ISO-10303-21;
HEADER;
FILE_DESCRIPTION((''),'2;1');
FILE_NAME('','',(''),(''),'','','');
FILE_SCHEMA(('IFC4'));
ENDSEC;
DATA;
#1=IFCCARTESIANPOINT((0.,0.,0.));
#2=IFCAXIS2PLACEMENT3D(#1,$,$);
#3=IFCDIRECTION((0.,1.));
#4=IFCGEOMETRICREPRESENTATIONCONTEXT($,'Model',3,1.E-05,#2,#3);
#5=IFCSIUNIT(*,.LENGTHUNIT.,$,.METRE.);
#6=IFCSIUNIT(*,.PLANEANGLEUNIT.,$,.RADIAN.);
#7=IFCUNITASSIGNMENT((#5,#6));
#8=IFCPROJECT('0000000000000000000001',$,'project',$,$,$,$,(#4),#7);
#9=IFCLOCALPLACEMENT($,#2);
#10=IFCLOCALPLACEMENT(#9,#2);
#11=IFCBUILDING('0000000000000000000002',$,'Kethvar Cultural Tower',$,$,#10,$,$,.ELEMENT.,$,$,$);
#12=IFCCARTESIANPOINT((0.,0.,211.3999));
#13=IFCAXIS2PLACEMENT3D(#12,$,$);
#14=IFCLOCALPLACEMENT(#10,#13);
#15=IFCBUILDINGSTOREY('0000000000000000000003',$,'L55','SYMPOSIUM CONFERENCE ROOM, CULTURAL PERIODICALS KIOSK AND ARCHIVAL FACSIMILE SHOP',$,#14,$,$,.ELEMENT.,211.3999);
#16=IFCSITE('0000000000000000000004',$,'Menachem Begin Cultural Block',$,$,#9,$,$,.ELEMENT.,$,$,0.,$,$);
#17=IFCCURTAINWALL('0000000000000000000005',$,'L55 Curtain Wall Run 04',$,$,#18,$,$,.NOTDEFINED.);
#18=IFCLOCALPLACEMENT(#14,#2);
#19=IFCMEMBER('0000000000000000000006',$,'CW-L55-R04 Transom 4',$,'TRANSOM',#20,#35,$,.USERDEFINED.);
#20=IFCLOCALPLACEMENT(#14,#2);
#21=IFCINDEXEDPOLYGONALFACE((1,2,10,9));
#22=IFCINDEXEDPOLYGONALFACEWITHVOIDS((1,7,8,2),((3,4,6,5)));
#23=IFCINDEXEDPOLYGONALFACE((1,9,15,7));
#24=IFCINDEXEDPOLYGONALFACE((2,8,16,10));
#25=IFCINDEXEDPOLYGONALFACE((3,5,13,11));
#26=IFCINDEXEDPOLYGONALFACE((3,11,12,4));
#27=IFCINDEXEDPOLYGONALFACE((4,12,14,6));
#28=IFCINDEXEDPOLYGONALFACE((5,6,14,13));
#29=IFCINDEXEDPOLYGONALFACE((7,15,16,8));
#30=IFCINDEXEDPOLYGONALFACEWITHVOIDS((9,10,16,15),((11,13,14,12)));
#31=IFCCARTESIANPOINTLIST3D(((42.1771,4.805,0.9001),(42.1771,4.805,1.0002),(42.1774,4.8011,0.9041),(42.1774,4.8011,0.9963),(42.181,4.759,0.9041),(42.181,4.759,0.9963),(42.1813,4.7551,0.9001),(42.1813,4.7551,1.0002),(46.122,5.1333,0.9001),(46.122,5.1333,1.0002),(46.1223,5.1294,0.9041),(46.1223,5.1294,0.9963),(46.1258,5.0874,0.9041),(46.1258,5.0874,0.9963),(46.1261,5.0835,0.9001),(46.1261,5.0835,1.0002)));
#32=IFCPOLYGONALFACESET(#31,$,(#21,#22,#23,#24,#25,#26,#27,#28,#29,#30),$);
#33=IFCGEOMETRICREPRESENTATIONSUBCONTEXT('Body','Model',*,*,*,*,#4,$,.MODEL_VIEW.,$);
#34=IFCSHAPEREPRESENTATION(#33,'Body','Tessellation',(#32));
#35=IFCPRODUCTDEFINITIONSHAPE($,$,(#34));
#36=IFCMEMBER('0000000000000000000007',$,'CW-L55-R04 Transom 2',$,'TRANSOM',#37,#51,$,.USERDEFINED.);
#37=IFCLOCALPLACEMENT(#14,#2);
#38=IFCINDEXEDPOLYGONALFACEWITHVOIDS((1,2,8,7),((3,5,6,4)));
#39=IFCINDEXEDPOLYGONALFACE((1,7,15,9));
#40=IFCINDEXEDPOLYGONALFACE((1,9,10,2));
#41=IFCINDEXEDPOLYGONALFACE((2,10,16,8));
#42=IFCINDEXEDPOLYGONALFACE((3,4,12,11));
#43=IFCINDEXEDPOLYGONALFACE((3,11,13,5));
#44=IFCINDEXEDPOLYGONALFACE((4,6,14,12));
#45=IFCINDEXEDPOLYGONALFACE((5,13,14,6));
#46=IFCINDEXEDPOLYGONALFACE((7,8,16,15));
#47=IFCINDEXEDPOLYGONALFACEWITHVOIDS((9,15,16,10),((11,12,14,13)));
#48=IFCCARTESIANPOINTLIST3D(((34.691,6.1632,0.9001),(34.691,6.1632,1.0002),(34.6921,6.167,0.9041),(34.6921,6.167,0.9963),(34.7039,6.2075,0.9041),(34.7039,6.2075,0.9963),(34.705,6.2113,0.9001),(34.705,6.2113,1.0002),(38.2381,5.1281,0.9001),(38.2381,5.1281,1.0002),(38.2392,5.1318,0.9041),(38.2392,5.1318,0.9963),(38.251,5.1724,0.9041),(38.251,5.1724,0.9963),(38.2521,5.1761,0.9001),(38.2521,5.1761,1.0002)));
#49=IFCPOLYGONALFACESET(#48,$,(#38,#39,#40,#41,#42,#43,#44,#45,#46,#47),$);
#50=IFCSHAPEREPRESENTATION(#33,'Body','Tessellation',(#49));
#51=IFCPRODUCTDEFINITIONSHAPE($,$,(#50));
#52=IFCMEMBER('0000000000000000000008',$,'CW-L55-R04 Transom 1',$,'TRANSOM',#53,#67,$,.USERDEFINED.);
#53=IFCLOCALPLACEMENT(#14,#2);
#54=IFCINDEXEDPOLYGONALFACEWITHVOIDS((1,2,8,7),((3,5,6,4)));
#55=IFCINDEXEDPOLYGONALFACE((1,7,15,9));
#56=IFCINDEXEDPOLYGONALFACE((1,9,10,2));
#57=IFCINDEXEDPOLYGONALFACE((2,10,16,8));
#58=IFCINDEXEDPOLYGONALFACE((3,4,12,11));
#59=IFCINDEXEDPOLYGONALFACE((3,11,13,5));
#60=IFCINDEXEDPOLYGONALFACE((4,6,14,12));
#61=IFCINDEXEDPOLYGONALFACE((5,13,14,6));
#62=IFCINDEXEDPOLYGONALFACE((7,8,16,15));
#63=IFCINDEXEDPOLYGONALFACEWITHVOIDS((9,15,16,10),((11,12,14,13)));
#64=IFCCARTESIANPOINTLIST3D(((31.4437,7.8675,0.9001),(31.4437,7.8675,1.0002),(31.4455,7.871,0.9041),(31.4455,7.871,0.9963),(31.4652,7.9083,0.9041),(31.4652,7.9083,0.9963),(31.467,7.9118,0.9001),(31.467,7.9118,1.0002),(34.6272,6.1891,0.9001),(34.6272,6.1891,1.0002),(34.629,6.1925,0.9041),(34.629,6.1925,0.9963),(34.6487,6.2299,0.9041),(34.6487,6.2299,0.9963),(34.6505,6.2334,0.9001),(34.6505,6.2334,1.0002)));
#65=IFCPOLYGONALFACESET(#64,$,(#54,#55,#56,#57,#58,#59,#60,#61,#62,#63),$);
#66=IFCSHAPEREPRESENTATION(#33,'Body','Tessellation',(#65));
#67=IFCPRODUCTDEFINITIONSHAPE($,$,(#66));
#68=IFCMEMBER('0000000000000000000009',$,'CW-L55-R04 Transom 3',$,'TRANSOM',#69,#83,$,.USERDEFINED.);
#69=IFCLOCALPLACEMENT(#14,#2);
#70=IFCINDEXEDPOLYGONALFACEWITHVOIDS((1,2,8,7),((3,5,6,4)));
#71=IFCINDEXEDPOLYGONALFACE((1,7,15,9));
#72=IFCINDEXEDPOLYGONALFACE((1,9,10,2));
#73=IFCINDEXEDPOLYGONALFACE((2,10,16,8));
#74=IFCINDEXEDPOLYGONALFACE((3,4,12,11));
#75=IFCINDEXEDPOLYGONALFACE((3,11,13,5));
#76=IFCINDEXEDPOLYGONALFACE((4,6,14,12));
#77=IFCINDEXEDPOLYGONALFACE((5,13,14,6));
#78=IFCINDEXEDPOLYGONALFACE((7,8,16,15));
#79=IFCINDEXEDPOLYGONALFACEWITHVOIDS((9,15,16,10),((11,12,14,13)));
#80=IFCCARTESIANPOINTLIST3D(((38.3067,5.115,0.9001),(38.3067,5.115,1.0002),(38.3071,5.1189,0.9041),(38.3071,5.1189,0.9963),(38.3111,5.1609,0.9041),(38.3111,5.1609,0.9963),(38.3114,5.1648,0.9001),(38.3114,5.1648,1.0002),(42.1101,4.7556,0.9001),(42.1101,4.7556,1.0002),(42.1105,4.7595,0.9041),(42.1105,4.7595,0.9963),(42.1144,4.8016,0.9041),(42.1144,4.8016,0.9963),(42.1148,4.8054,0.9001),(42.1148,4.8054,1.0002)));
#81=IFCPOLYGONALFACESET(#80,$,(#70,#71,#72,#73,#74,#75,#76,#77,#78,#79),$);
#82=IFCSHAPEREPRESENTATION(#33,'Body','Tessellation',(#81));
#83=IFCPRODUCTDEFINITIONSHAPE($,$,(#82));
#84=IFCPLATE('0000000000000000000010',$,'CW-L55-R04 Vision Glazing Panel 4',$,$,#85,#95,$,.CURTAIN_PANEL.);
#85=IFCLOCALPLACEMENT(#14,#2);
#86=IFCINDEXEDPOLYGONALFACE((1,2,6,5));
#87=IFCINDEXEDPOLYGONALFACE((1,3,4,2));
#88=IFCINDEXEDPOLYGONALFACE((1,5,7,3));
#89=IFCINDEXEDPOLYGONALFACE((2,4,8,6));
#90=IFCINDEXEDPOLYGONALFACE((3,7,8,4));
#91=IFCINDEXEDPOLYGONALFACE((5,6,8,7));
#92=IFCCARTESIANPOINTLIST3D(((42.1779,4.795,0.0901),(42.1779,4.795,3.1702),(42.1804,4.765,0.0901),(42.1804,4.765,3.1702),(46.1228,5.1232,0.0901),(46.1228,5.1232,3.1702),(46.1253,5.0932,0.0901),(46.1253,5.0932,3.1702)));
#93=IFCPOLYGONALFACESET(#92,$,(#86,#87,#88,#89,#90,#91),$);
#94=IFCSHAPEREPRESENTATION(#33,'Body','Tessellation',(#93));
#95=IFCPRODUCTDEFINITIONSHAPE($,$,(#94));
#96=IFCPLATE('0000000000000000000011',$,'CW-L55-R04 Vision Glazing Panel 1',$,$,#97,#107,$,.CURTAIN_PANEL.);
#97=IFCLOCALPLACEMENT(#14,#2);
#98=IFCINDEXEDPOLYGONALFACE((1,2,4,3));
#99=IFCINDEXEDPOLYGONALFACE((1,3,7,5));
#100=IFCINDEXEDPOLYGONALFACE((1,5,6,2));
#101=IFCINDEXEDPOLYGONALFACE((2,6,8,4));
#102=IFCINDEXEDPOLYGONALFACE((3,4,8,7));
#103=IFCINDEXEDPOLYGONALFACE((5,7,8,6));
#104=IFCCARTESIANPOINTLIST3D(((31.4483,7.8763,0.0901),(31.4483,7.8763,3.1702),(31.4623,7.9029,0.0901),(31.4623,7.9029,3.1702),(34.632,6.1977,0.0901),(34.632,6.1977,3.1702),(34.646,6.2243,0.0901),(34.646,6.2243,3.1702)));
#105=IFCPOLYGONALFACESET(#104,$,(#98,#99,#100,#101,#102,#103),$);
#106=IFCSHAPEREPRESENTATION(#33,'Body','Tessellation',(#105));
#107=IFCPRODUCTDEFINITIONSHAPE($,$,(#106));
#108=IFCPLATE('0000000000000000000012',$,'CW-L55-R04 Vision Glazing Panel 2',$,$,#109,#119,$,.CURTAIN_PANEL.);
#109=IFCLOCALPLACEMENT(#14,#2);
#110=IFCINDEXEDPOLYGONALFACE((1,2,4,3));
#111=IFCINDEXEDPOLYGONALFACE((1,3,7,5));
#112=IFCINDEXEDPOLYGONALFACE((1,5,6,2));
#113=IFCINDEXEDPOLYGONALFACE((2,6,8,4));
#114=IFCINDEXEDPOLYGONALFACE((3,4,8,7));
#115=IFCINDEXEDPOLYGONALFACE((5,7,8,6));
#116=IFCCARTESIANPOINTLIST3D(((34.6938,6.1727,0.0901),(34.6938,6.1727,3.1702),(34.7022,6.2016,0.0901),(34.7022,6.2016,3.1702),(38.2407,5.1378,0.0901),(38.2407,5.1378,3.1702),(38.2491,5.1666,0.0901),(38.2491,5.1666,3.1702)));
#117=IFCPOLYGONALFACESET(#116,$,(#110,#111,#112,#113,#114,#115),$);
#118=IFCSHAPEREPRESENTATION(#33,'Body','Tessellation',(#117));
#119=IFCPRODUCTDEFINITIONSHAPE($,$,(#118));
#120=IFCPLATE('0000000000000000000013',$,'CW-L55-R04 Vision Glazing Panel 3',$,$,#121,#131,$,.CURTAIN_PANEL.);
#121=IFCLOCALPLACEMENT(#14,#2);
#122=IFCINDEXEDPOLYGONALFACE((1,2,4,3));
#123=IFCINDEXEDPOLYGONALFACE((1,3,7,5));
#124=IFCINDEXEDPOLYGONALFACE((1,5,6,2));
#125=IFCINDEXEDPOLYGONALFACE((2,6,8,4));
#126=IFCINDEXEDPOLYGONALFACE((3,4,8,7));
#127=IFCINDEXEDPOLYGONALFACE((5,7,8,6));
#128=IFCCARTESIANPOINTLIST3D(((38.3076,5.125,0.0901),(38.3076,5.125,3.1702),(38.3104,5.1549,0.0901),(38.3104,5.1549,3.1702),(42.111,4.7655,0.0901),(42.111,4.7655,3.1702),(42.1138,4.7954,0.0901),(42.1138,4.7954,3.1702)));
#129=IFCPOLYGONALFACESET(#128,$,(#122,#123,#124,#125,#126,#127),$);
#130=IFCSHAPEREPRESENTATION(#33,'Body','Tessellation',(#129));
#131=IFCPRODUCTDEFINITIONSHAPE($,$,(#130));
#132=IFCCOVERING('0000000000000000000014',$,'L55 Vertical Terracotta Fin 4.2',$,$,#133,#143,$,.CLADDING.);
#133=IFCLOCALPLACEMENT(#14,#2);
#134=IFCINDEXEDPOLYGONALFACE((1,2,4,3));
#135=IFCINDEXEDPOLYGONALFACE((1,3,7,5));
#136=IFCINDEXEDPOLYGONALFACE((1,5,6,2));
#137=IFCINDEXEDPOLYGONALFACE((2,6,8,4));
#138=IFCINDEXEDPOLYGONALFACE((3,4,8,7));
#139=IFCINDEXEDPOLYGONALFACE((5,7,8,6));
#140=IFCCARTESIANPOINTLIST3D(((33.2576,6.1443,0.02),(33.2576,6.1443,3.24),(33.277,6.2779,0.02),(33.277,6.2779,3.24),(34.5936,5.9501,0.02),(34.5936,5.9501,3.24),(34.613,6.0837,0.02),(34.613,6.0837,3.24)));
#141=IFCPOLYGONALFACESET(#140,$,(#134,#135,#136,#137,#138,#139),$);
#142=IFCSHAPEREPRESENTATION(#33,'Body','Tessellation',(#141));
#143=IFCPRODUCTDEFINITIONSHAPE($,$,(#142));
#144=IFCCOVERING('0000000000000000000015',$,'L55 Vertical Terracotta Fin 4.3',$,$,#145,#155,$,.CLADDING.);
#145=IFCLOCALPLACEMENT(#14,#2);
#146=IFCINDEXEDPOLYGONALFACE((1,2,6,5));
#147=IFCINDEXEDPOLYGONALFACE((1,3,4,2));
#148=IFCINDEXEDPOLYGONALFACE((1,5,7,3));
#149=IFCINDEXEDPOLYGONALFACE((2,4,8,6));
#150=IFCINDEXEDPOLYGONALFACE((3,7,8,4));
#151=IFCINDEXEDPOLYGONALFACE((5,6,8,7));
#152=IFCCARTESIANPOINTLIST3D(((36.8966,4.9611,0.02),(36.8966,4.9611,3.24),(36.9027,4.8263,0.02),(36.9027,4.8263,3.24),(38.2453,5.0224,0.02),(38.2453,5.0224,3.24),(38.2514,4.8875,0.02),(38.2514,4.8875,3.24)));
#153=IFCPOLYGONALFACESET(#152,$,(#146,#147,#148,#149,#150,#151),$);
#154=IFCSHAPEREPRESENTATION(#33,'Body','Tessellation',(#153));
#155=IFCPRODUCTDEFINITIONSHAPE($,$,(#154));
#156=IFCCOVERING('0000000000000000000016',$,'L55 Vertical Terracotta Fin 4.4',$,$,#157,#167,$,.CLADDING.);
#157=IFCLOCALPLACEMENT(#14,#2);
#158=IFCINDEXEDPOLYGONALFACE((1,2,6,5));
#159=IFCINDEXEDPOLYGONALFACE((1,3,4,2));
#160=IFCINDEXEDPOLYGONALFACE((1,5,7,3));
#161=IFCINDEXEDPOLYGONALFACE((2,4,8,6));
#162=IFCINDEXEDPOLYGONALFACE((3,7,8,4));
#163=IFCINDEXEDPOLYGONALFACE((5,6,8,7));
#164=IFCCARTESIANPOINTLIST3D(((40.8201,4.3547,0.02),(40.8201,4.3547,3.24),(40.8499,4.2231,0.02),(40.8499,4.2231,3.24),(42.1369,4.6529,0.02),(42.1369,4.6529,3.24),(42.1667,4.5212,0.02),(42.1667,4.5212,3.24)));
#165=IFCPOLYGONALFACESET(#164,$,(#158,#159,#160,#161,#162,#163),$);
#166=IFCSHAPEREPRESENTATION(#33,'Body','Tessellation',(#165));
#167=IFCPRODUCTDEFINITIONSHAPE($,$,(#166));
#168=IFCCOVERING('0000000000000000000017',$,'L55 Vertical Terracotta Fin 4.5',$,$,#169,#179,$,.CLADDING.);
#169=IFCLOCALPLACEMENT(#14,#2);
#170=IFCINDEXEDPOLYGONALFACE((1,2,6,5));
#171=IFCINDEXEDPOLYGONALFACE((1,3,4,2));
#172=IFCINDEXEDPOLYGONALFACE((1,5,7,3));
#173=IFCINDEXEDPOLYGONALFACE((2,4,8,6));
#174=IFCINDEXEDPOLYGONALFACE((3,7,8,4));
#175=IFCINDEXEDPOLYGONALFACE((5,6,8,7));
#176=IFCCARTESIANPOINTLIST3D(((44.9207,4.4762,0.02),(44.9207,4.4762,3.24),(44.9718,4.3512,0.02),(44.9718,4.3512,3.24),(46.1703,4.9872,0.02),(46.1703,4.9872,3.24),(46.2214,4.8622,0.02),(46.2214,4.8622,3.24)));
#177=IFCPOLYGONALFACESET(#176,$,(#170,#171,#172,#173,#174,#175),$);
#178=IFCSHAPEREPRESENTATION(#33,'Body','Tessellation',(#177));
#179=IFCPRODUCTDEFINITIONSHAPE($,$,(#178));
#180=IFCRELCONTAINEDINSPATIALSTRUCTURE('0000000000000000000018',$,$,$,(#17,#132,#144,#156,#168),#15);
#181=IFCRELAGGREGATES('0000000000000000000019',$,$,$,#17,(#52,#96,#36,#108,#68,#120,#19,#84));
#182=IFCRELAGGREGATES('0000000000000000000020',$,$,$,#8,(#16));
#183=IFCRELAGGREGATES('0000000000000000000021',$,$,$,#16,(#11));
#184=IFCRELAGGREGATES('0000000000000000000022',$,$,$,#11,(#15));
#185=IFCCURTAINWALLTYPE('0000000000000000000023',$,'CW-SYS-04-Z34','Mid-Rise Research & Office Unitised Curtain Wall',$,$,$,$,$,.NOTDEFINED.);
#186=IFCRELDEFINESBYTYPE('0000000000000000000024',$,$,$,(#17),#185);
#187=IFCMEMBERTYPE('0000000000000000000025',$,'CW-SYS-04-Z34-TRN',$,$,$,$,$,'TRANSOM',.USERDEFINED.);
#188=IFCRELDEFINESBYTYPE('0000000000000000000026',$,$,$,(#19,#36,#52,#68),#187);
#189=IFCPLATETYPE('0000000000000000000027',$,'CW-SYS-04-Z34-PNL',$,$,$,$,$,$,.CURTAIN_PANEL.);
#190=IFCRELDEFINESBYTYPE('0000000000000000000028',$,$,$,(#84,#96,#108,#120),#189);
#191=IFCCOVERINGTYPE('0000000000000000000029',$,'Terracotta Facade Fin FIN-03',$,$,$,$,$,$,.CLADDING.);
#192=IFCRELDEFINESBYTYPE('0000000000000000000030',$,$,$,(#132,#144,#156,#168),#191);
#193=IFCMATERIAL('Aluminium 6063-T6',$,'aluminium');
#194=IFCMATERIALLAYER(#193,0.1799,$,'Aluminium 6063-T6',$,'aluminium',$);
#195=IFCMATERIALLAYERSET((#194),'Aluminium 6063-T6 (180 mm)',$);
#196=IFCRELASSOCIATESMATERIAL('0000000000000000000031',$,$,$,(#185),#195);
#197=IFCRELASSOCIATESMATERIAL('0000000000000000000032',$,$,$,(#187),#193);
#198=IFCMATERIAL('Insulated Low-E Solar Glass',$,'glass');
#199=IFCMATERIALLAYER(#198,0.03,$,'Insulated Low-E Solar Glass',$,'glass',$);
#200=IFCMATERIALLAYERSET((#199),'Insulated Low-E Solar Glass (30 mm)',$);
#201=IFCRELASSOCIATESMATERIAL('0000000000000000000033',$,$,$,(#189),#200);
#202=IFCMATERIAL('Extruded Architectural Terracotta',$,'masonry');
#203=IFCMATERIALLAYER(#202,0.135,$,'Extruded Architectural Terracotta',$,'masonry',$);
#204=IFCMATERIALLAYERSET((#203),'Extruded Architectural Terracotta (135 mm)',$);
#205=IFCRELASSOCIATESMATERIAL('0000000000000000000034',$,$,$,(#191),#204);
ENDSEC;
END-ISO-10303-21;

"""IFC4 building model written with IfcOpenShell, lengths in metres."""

from ifc_helpers import new_model, si_unit, direction, frame, origin, origin_2d, place, context, subcontext, project, spatial, rectangle, hollow_rectangle, extrude, source, transform, mapped, material, layer, layer_set, material_profile, profile_set, type_object, element, aggregate, save


model = new_model("IFC4")

# Units and contexts
model_context = context("Model", 3, precision=1e-05, world=origin(), true_north=direction((0.0, 1.0)))
body_context = subcontext(model_context, "Body", "Model", "MODEL_VIEW")
ifc_project = project(units=[si_unit("LENGTHUNIT", "METRE"), si_unit("PLANEANGLEUNIT", "RADIAN")], contexts=[model_context])

# Site, building, storey
site_placement = place(None, origin())
site = spatial("IfcSite", under=ifc_project, at=site_placement, Name="Menachem Begin Cultural Block", CompositionType="ELEMENT", RefElevation=0.0)
building_placement = place(site_placement, origin())
building = spatial("IfcBuilding", under=site, at=building_placement, Name="Kethvar Cultural Tower", CompositionType="ELEMENT")
storey_placement = place(building_placement, frame((0.0, 0.0, 211.3999)))
storey = spatial("IfcBuildingStorey", under=building, at=storey_placement, Name="L55", Description="SYMPOSIUM CONFERENCE ROOM, CULTURAL PERIODICALS KIOSK AND ARCHIVAL FACSIMILE SHOP", CompositionType="ELEMENT", Elevation=211.3999)

# Shared definitions
ifc_material_1 = material(Name="Aluminium 6063-T6", Category="aluminium")
ifc_layer_1 = layer(ifc_material_1, 0.1799, Name="Aluminium 6063-T6", Category="aluminium")
ifc_layer_set_1 = layer_set([ifc_layer_1], Name="Aluminium 6063-T6 (180 mm)")
curtain_wall_type = type_object("IfcCurtainWallType", Name="CW-SYS-04-Z34", Description="Mid-Rise Research & Office Unitised Curtain Wall", PredefinedType="NOTDEFINED", material=ifc_layer_set_1)

# Curtain wall, members, plates
curtain_wall_1_placement = place(storey_placement, origin())
curtain_wall_1 = element("IfcCurtainWall", 1, at=curtain_wall_1_placement, inside=storey, type_object=curtain_wall_type, Name="L55 Curtain Wall Run 04", PredefinedType="NOTDEFINED")
ifc_material_profile_1 = material_profile(ifc_material_1, hollow_rectangle(XDim=0.05, YDim=0.1001, WallThickness=0.0039, at=origin_2d()), Name="Aluminium 6063-T6 — RHS100x50x4")
ifc_profile_set_1 = profile_set([ifc_material_profile_1], Name="Aluminium 6063-T6 — RHS100x50x4")
member_type_1 = type_object("IfcMemberType", Name="CW-SYS-04-Z34-TRN", ElementType="TRANSOM", PredefinedType="USERDEFINED", material=ifc_profile_set_1)
shared_shape_1 = source(origin(), body_context, "Body", "SweptSolid", [
    extrude(hollow_rectangle(XDim=0.05, YDim=0.1001, WallThickness=0.0039, at=origin_2d()), origin(), (0.0, 0.0, 1.0), 3.9585),
])
member_1_placement = place(storey_placement, frame((42.1792, 4.78, 0.9502), z_axis=(0.996553, 0.082954, 0.0), x_axis=(-0.082954, 0.996553, 0.0)))
member_1 = element("IfcMember", 2, at=member_1_placement, type_object=member_type_1, Name="CW-L55-R04 Transom 4", ObjectType="TRANSOM", PredefinedType="USERDEFINED", context=body_context, shape_type="MappedRepresentation", body=[
    mapped(shared_shape_1, transform((0.0, 0.0, 0.0), scale=1.0)),
])
shared_shape_2 = source(origin(), body_context, "Body", "SweptSolid", [
    extrude(hollow_rectangle(XDim=0.05, YDim=0.1001, WallThickness=0.0039, at=origin_2d()), origin(), (0.0, 0.0, 1.0), 3.6951),
])
member_2_placement = place(storey_placement, frame((34.698, 6.1873, 0.9502), z_axis=(0.959958, -0.280145, 0.0), x_axis=(0.280145, 0.959958, 0.0)))
member_2 = element("IfcMember", 3, at=member_2_placement, type_object=member_type_1, Name="CW-L55-R04 Transom 2", ObjectType="TRANSOM", PredefinedType="USERDEFINED", context=body_context, shape_type="MappedRepresentation", body=[
    mapped(shared_shape_2, transform((0.0, 0.0, 0.0), scale=1.0)),
])
shared_shape_3 = source(origin(), body_context, "Body", "SweptSolid", [
    extrude(hollow_rectangle(XDim=0.05, YDim=0.1001, WallThickness=0.0039, at=origin_2d()), origin(), (0.0, 0.0, 1.0), 3.5989),
])
member_3_placement = place(storey_placement, frame((31.4553, 7.8896, 0.9502), z_axis=(0.884587, -0.466375, 0.0), x_axis=(0.466375, 0.884587, 0.0)))
member_3 = element("IfcMember", 4, at=member_3_placement, type_object=member_type_1, Name="CW-L55-R04 Transom 1", ObjectType="TRANSOM", PredefinedType="USERDEFINED", context=body_context, shape_type="MappedRepresentation", body=[
    mapped(shared_shape_3, transform((0.0, 0.0, 0.0), scale=1.0)),
])
shared_shape_4 = source(origin(), body_context, "Body", "SweptSolid", [
    extrude(hollow_rectangle(XDim=0.05, YDim=0.1001, WallThickness=0.0039, at=origin_2d()), origin(), (0.0, 0.0, 1.0), 3.8203),
])
member_4_placement = place(storey_placement, frame((38.3091, 5.1399, 0.9502), z_axis=(0.995566, -0.094067, 0.0), x_axis=(0.094067, 0.995566, 0.0)))
member_4 = element("IfcMember", 5, at=member_4_placement, type_object=member_type_1, Name="CW-L55-R04 Transom 3", ObjectType="TRANSOM", PredefinedType="USERDEFINED", context=body_context, shape_type="MappedRepresentation", body=[
    mapped(shared_shape_4, transform((0.0, 0.0, 0.0), scale=1.0)),
])
ifc_material_2 = material(Name="Insulated Low-E Solar Glass", Category="glass")
ifc_layer_2 = layer(ifc_material_2, 0.03, Name="Insulated Low-E Solar Glass", Category="glass")
ifc_layer_set_2 = layer_set([ifc_layer_2], Name="Insulated Low-E Solar Glass (30 mm)")
plate_type = type_object("IfcPlateType", Name="CW-SYS-04-Z34-PNL", PredefinedType="CURTAIN_PANEL", material=ifc_layer_set_2)
shared_shape_5 = source(origin(), body_context, "Body", "SweptSolid", [
    extrude(rectangle(XDim=3.9585, YDim=0.03, at=origin_2d()), origin(), (0.0, 0.0, 1.0), 3.0801),
])
plate_1_placement = place(storey_placement, frame((44.1516, 4.9441, 0.0901), z_axis=(0.0, 0.0, 1.0), x_axis=(0.996557, 0.082913, 0.0)))
plate_1 = element("IfcPlate", 6, at=plate_1_placement, type_object=plate_type, Name="CW-L55-R04 Vision Glazing Panel 4", PredefinedType="CURTAIN_PANEL", context=body_context, shape_type="MappedRepresentation", body=[
    mapped(shared_shape_5, transform((0.0, 0.0, 0.0), scale=1.0)),
])
shared_shape_6 = source(origin(), body_context, "Body", "SweptSolid", [
    extrude(rectangle(XDim=3.5991, YDim=0.03, at=origin_2d()), origin(), (0.0, 0.0, 1.0), 3.0801),
])
plate_2_placement = place(storey_placement, frame((33.0471, 7.0503, 0.0901), z_axis=(0.0, 0.0, 1.0), x_axis=(0.884581, -0.466387, 0.0)))
plate_2 = element("IfcPlate", 7, at=plate_2_placement, type_object=plate_type, Name="CW-L55-R04 Vision Glazing Panel 1", PredefinedType="CURTAIN_PANEL", context=body_context, shape_type="MappedRepresentation", body=[
    mapped(shared_shape_6, transform((0.0, 0.0, 0.0), scale=1.0)),
])
shared_shape_7 = source(origin(), body_context, "Body", "SweptSolid", [
    extrude(rectangle(XDim=3.6948, YDim=0.03, at=origin_2d()), origin(), (0.0, 0.0, 1.0), 3.0801),
])
plate_3_placement = place(storey_placement, frame((36.4714, 5.6697, 0.0901), z_axis=(0.0, 0.0, 1.0), x_axis=(0.959967, -0.280114, 0.0)))
plate_3 = element("IfcPlate", 8, at=plate_3_placement, type_object=plate_type, Name="CW-L55-R04 Vision Glazing Panel 2", PredefinedType="CURTAIN_PANEL", context=body_context, shape_type="MappedRepresentation", body=[
    mapped(shared_shape_7, transform((0.0, 0.0, 0.0), scale=1.0)),
])
shared_shape_8 = source(origin(), body_context, "Body", "SweptSolid", [
    extrude(rectangle(XDim=3.8203, YDim=0.03, at=origin_2d()), origin(), (0.0, 0.0, 1.0), 3.0801),
])
plate_4_placement = place(storey_placement, frame((40.2107, 4.9602, 0.0901), z_axis=(0.0, 0.0, 1.0), x_axis=(0.995564, -0.094091, 0.0)))
plate_4 = element("IfcPlate", 9, at=plate_4_placement, type_object=plate_type, Name="CW-L55-R04 Vision Glazing Panel 3", PredefinedType="CURTAIN_PANEL", context=body_context, shape_type="MappedRepresentation", body=[
    mapped(shared_shape_8, transform((0.0, 0.0, 0.0), scale=1.0)),
])
aggregate(curtain_wall_1, [member_3, plate_2, member_2, plate_3, member_4, plate_4, member_1, plate_1])

# Coverings
ifc_material_3 = material(Name="Extruded Architectural Terracotta", Category="masonry")
ifc_layer_3 = layer(ifc_material_3, 0.135, Name="Extruded Architectural Terracotta", Category="masonry")
ifc_layer_set_3 = layer_set([ifc_layer_3], Name="Extruded Architectural Terracotta (135 mm)")
covering_type = type_object("IfcCoveringType", Name="Terracotta Facade Fin FIN-03", PredefinedType="CLADDING", material=ifc_layer_set_3)
shared_shape_9 = source(origin(), body_context, "Body", "SweptSolid", [
    extrude(rectangle(XDim=1.3501, YDim=0.135, at=origin_2d()), origin(), (0.0, 0.0, 1.0), 3.22),
])
for number, where, z_axis, x_axis, name in (
    (10, (33.9353, 6.114, 0.02), (0.0, 0.0, 1.0), (-0.989601, 0.143838, 0.0), "L55 Vertical Terracotta Fin 4.2"),
    (11, (37.574, 4.9243, 0.02), (0.0, 0.0, 1.0), (-0.998971, -0.045363, 0.0), "L55 Vertical Terracotta Fin 4.3"),
    (12, (41.4934, 4.438, 0.02), (0.0, 0.0, 1.0), (-0.975304, -0.220868, 0.0), "L55 Vertical Terracotta Fin 4.4"),
    (13, (45.571, 4.6692, 0.02), (0.0, 0.0, 1.0), (-0.925607, -0.378487, 0.0), "L55 Vertical Terracotta Fin 4.5"),
):
    element("IfcCovering", number, at=place(storey_placement, frame(where, z_axis=z_axis, x_axis=x_axis)), inside=storey, type_object=covering_type, Name=name, PredefinedType="CLADDING", context=body_context, shape_type="MappedRepresentation", body=[
        mapped(shared_shape_9, transform((0.0, 0.0, 0.0), scale=1.0)),
    ])

save(model, "model.ifc")
